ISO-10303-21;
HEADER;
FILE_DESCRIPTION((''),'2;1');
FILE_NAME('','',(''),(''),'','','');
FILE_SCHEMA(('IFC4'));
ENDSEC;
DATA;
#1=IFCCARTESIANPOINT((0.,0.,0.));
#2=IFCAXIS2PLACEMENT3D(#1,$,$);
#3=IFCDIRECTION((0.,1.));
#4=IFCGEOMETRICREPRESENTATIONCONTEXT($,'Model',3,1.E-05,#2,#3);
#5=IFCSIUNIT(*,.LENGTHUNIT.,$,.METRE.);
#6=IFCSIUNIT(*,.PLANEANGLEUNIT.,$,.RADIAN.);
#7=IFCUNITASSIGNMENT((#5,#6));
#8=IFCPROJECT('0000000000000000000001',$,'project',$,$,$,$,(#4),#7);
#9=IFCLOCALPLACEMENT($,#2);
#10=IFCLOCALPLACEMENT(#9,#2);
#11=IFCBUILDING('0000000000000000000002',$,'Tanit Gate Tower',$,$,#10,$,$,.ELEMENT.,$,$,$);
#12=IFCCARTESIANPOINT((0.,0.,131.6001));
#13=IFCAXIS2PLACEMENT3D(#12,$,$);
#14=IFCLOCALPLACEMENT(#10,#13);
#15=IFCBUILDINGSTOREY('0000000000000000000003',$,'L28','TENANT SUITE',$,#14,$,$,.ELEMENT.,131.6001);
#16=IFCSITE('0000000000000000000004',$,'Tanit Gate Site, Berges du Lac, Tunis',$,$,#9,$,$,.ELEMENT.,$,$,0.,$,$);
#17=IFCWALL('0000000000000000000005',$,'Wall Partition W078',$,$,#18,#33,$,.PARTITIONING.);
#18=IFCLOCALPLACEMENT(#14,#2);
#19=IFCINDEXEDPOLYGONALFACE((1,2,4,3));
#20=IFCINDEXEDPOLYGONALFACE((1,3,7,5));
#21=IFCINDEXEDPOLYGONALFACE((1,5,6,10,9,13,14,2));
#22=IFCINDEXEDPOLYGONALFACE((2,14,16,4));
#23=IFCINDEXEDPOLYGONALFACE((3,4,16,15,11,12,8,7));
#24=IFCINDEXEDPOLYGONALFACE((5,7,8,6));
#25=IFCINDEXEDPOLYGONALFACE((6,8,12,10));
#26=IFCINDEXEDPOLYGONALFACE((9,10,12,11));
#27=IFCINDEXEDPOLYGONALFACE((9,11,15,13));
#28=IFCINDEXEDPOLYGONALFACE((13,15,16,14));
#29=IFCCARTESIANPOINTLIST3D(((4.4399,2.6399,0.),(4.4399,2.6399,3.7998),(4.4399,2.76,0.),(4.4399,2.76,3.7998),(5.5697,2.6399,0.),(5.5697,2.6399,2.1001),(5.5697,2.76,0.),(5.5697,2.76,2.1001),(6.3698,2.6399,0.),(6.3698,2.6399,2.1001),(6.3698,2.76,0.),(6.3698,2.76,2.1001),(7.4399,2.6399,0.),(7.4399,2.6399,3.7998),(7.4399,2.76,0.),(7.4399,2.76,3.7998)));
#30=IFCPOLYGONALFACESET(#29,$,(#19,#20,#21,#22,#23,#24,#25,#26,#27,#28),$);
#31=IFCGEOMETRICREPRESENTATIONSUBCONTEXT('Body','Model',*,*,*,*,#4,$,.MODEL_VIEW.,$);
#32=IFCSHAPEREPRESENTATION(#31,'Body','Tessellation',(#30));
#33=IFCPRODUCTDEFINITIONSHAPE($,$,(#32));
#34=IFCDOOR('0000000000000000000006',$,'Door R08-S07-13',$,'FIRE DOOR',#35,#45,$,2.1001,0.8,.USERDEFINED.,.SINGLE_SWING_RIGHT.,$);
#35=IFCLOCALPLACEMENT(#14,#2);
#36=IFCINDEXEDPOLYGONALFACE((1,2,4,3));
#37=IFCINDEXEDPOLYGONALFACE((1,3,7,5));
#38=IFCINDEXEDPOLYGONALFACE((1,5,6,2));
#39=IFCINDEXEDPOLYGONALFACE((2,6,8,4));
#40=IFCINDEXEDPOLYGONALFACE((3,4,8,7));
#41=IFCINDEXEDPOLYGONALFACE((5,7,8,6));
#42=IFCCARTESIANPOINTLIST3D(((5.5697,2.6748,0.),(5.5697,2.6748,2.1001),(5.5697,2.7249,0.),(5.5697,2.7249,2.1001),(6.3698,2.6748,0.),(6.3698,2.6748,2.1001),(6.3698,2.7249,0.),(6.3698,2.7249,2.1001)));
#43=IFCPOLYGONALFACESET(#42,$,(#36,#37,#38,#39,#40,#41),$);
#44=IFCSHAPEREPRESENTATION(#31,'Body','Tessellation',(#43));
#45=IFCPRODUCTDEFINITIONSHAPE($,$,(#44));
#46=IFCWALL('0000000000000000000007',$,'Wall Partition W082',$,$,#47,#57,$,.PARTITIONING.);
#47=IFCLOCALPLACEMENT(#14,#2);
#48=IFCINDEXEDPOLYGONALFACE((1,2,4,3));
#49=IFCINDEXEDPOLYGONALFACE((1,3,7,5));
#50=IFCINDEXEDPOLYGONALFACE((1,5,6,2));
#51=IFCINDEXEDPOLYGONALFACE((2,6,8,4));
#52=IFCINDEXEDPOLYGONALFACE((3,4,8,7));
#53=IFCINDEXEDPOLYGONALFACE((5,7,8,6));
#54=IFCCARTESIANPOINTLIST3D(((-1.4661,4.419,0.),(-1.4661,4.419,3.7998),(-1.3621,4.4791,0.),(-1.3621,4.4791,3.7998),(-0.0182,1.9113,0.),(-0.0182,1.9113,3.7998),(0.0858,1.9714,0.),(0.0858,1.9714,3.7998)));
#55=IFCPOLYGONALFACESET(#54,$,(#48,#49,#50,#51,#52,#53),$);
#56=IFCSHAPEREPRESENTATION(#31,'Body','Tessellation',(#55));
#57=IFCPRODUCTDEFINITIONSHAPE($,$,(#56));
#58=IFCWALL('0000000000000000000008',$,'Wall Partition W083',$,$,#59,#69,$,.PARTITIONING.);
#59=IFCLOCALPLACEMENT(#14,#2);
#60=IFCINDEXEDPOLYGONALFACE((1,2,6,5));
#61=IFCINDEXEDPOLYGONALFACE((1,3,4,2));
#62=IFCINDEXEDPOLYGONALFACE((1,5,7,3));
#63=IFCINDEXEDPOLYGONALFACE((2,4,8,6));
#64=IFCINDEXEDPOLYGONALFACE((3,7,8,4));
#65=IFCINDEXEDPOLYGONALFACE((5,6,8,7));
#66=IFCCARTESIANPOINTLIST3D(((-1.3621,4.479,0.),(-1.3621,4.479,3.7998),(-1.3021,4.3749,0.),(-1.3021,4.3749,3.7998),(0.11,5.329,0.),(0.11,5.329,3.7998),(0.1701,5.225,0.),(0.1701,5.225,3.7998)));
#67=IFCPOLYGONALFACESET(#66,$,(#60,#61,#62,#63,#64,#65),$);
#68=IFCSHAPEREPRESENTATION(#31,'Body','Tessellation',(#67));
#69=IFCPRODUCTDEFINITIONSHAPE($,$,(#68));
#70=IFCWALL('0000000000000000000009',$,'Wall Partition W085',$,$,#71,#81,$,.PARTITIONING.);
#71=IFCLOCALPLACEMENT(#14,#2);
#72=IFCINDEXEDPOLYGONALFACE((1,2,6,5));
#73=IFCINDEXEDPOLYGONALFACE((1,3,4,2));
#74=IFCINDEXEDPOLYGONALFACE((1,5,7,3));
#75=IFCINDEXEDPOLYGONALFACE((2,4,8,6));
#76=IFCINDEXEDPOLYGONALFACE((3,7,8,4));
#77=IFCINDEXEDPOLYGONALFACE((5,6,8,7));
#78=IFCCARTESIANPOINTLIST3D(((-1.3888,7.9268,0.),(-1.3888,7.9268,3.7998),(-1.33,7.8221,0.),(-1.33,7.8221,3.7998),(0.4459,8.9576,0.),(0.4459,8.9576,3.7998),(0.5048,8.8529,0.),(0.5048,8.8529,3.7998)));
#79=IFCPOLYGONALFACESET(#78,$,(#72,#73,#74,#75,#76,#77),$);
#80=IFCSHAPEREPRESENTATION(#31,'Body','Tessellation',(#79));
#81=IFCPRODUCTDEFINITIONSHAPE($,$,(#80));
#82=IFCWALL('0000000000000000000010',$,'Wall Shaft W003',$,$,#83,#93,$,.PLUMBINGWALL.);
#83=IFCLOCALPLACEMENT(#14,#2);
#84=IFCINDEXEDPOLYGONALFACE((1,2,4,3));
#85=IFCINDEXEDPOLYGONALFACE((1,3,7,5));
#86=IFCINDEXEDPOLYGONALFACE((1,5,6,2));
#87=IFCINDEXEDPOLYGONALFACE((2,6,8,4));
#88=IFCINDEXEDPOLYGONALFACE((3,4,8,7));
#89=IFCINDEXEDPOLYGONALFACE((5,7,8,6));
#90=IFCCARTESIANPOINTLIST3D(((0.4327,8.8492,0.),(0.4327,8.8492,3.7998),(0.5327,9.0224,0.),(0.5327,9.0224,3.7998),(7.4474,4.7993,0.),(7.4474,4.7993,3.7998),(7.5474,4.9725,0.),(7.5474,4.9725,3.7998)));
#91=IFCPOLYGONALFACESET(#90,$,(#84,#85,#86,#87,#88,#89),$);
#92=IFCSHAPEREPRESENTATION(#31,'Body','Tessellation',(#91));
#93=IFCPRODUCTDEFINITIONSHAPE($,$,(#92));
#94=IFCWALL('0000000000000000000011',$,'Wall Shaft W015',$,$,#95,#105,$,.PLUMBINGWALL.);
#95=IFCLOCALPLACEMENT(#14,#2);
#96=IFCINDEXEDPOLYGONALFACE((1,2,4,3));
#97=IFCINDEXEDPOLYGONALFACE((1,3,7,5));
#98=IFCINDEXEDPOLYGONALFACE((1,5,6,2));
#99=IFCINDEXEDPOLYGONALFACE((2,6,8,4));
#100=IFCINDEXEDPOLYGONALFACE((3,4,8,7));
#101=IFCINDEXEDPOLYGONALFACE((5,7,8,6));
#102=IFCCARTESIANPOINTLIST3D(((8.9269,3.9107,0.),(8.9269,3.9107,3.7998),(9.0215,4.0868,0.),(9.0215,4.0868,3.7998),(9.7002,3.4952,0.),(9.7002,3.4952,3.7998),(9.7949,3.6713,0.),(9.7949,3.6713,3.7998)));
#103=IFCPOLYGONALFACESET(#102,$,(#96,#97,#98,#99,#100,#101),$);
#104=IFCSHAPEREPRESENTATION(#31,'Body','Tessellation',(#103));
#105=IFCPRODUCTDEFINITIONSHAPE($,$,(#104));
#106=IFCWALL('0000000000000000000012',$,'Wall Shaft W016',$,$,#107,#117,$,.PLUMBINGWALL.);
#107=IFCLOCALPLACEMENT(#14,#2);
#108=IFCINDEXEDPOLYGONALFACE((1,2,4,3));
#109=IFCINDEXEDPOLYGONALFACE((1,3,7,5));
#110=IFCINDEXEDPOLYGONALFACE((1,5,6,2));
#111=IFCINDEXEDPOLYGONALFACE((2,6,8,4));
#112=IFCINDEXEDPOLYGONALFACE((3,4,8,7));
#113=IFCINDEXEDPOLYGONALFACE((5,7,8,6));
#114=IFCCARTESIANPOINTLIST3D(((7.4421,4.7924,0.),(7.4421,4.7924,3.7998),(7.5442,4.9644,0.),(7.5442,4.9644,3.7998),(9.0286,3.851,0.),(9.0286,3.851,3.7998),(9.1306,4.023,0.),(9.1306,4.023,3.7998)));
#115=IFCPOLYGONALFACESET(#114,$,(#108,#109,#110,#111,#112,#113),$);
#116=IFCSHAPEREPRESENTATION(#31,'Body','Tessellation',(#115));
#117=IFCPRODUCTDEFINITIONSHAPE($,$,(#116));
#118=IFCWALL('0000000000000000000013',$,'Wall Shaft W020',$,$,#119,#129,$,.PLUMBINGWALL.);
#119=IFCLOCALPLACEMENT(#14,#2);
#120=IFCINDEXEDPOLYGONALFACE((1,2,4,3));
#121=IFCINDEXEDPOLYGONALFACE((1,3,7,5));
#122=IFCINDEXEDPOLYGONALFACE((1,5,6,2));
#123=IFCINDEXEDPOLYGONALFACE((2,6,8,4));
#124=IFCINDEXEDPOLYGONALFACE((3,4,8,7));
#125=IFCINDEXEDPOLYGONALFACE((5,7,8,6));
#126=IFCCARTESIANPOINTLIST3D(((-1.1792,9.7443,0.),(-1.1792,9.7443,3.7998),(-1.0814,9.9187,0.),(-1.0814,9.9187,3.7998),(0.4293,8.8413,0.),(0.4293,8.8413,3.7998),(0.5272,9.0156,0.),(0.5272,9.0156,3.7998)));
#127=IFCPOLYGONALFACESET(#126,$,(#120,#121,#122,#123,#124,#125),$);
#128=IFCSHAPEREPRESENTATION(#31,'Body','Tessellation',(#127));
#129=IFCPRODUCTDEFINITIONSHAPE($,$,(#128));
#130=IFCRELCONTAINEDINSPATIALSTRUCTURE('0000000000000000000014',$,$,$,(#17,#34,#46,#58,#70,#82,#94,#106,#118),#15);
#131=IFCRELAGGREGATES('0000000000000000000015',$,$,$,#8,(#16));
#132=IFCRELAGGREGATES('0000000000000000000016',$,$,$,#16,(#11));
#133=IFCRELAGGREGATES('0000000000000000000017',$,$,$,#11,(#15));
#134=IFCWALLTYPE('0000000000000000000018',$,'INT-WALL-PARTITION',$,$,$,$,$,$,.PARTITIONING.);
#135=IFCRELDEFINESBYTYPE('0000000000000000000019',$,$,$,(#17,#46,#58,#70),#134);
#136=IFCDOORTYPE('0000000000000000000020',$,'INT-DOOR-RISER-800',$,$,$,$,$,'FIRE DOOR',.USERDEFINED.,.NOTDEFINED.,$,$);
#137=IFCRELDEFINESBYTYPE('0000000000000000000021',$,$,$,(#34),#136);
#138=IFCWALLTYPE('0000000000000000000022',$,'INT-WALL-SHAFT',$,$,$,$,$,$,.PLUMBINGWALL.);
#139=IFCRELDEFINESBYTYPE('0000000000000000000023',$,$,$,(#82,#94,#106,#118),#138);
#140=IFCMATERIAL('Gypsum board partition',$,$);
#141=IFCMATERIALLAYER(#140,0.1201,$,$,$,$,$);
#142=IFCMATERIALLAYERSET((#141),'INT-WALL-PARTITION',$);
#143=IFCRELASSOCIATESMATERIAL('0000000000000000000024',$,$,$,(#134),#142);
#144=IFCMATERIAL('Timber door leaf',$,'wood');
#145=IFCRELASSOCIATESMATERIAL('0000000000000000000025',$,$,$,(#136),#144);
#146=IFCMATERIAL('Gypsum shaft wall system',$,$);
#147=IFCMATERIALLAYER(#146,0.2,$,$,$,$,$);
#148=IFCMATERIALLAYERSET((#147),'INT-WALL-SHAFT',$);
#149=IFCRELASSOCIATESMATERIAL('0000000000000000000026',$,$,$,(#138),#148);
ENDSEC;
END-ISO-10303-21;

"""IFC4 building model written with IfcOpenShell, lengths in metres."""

from ifc_helpers import new_model, si_unit, direction, frame, frame_2d, origin, place, context, subcontext, project, spatial, rectangle, extrude, material, layer, layer_set, type_object, element, fill, save


model = new_model("IFC4")

# Units and contexts
model_context = context("Model", 3, precision=1e-05, world=origin(), true_north=direction((0.0, 1.0)))
body_context = subcontext(model_context, "Body", "Model", "MODEL_VIEW")
ifc_project = project(units=[si_unit("LENGTHUNIT", "METRE"), si_unit("PLANEANGLEUNIT", "RADIAN")], contexts=[model_context])

# Site, building, storey
site_placement = place(None, origin())
site = spatial("IfcSite", under=ifc_project, at=site_placement, Name="Tanit Gate Site, Berges du Lac, Tunis", CompositionType="ELEMENT", RefElevation=0.0)
building_placement = place(site_placement, origin())
building = spatial("IfcBuilding", under=site, at=building_placement, Name="Tanit Gate Tower", CompositionType="ELEMENT")
storey_placement = place(building_placement, frame((0.0, 0.0, 131.6001)))
storey = spatial("IfcBuildingStorey", under=building, at=storey_placement, Name="L28", Description="TENANT SUITE", CompositionType="ELEMENT", Elevation=131.6001)

# Wall, opening, door
ifc_material_1 = material(Name="Gypsum board partition")
ifc_layer_1 = layer(ifc_material_1, 0.1201)
ifc_layer_set_1 = layer_set([ifc_layer_1], Name="INT-WALL-PARTITION")
wall_type_1 = type_object("IfcWallType", Name="INT-WALL-PARTITION", PredefinedType="PARTITIONING", material=ifc_layer_set_1)
wall_1_placement = place(storey_placement, frame((4.4399, 2.7, 0.0), z_axis=(0.0, 0.0, 1.0), x_axis=(1.0, 0.0, 0.0)))
wall_1 = element("IfcWall", 1, at=wall_1_placement, inside=storey, type_object=wall_type_1, Name="Wall Partition W078", PredefinedType="PARTITIONING", context=body_context, shape_type="SweptSolid", body=[
    extrude(rectangle(XDim=3.0, YDim=0.1201, at=frame_2d((1.5, 0.0))), origin(), (0.0, 0.0, 1.0), 3.7998),
])
opening_1_placement = place(wall_1_placement, frame((1.1299, 0.0, 0.0)))
opening_1 = element("IfcOpeningElement", 2, at=opening_1_placement, cuts=wall_1, PredefinedType="OPENING", context=body_context, shape_type="SweptSolid", body=[
    extrude(rectangle(XDim=0.8, YDim=2.1001, at=frame_2d((0.3999, 1.05))), frame((0.0, 0.0701, 0.0), z_axis=(0.0, -1.0, 0.0), x_axis=(1.0, 0.0, 0.0)), (0.0, 0.0, 1.0), 0.1401),
])
ifc_material_2 = material(Name="Timber door leaf", Category="wood")
door_type_1 = type_object("IfcDoorType", Name="INT-DOOR-RISER-800", ElementType="FIRE DOOR", OperationType="NOTDEFINED", PredefinedType="USERDEFINED", material=ifc_material_2)
door_1_placement = place(opening_1_placement, origin())
door_1 = element("IfcDoor", 3, at=door_1_placement, inside=storey, type_object=door_type_1, Name="Door R08-S07-13", ObjectType="FIRE DOOR", OperationType="SINGLE_SWING_RIGHT", OverallHeight=2.1001, OverallWidth=0.8, PredefinedType="USERDEFINED", context=body_context, shape_type="SweptSolid", body=[
    extrude(rectangle(XDim=0.8, YDim=2.1001, at=frame_2d((0.3999, 1.05))), frame((0.0, 0.0249, 0.0), z_axis=(0.0, -1.0, 0.0), x_axis=(1.0, 0.0, 0.0)), (0.0, 0.0, 1.0), 0.05),
])
fill(opening_1, door_1)

# Walls
wall_2_placement = place(storey_placement, frame((-1.4141, 4.449, 0.0), z_axis=(0.0, 0.0, 1.0), x_axis=(0.500029, -0.866009, 0.0)))
element("IfcWall", 4, at=wall_2_placement, inside=storey, type_object=wall_type_1, Name="Wall Partition W082", PredefinedType="PARTITIONING", context=body_context, shape_type="SweptSolid", body=[
    extrude(rectangle(XDim=2.8958, YDim=0.1201, at=frame_2d((1.4478, 0.0))), origin(), (0.0, 0.0, 1.0), 3.7998),
])
wall_3_placement = place(storey_placement, frame((0.1401, 5.2771, 0.0), z_axis=(0.0, 0.0, 1.0), x_axis=(-0.865989, -0.500062, 0.0)))
element("IfcWall", 5, at=wall_3_placement, inside=storey, type_object=wall_type_1, Name="Wall Partition W083", PredefinedType="PARTITIONING", context=body_context, shape_type="SweptSolid", body=[
    extrude(rectangle(XDim=1.7, YDim=0.1201, at=frame_2d((0.8501, 0.0))), origin(), (0.0, 0.0, 1.0), 3.7998),
])
wall_4_placement = place(storey_placement, frame((0.4753, 8.9053, 0.0), z_axis=(0.0, 0.0, 1.0), x_axis=(-0.871833, -0.489804, 0.0)))
element("IfcWall", 6, at=wall_4_placement, inside=storey, type_object=wall_type_1, Name="Wall Partition W085", PredefinedType="PARTITIONING", context=body_context, shape_type="SweptSolid", body=[
    extrude(rectangle(XDim=2.1045, YDim=0.1201, at=frame_2d((1.0522, 0.0))), origin(), (0.0, 0.0, 1.0), 3.7998),
])
ifc_material_3 = material(Name="Gypsum shaft wall system")
ifc_layer_2 = layer(ifc_material_3, 0.2)
ifc_layer_set_2 = layer_set([ifc_layer_2], Name="INT-WALL-SHAFT")
wall_type_2 = type_object("IfcWallType", Name="INT-WALL-SHAFT", PredefinedType="PLUMBINGWALL", material=ifc_layer_set_2)
wall_5_placement = place(storey_placement, frame((7.4973, 4.886, 0.0), z_axis=(0.0, 0.0, 1.0), x_axis=(-0.866031, 0.49999, 0.0)))
element("IfcWall", 7, at=wall_5_placement, inside=storey, type_object=wall_type_2, Name="Wall Shaft W003", PredefinedType="PLUMBINGWALL", context=body_context, shape_type="SweptSolid", body=[
    extrude(rectangle(XDim=8.0999, YDim=0.2, at=frame_2d((4.0498, 0.0))), origin(), (0.0, 0.0, 1.0), 3.7998),
])
wall_6_placement = place(storey_placement, frame((9.7476, 3.5833, 0.0), z_axis=(0.0, 0.0, 1.0), x_axis=(-0.880917, 0.473271, 0.0)))
element("IfcWall", 8, at=wall_6_placement, inside=storey, type_object=wall_type_2, Name="Wall Shaft W015", PredefinedType="PLUMBINGWALL", context=body_context, shape_type="SweptSolid", body=[
    extrude(rectangle(XDim=0.8779, YDim=0.2, at=frame_2d((0.439, 0.0))), origin(), (0.0, 0.0, 1.0), 3.7998),
])
for number, where, z_axis, x_axis, name in (
    (9, (9.0796, 3.937, 0.0), (0.0, 0.0, 1.0), (-0.859982, 0.510325, 0.0), "Wall Shaft W016"),
    (10, (0.4783, 8.9285, 0.0), (0.0, 0.0, 1.0), (-0.871989, 0.489526, 0.0), "Wall Shaft W020"),
):
    element("IfcWall", number, at=place(storey_placement, frame(where, z_axis=z_axis, x_axis=x_axis)), inside=storey, type_object=wall_type_2, Name=name, PredefinedType="PLUMBINGWALL", context=body_context, shape_type="SweptSolid", body=[
        extrude(rectangle(XDim=1.8447, YDim=0.2, at=frame_2d((0.9224, 0.0))), origin(), (0.0, 0.0, 1.0), 3.7998),
    ])

save(model, "model.ifc")
